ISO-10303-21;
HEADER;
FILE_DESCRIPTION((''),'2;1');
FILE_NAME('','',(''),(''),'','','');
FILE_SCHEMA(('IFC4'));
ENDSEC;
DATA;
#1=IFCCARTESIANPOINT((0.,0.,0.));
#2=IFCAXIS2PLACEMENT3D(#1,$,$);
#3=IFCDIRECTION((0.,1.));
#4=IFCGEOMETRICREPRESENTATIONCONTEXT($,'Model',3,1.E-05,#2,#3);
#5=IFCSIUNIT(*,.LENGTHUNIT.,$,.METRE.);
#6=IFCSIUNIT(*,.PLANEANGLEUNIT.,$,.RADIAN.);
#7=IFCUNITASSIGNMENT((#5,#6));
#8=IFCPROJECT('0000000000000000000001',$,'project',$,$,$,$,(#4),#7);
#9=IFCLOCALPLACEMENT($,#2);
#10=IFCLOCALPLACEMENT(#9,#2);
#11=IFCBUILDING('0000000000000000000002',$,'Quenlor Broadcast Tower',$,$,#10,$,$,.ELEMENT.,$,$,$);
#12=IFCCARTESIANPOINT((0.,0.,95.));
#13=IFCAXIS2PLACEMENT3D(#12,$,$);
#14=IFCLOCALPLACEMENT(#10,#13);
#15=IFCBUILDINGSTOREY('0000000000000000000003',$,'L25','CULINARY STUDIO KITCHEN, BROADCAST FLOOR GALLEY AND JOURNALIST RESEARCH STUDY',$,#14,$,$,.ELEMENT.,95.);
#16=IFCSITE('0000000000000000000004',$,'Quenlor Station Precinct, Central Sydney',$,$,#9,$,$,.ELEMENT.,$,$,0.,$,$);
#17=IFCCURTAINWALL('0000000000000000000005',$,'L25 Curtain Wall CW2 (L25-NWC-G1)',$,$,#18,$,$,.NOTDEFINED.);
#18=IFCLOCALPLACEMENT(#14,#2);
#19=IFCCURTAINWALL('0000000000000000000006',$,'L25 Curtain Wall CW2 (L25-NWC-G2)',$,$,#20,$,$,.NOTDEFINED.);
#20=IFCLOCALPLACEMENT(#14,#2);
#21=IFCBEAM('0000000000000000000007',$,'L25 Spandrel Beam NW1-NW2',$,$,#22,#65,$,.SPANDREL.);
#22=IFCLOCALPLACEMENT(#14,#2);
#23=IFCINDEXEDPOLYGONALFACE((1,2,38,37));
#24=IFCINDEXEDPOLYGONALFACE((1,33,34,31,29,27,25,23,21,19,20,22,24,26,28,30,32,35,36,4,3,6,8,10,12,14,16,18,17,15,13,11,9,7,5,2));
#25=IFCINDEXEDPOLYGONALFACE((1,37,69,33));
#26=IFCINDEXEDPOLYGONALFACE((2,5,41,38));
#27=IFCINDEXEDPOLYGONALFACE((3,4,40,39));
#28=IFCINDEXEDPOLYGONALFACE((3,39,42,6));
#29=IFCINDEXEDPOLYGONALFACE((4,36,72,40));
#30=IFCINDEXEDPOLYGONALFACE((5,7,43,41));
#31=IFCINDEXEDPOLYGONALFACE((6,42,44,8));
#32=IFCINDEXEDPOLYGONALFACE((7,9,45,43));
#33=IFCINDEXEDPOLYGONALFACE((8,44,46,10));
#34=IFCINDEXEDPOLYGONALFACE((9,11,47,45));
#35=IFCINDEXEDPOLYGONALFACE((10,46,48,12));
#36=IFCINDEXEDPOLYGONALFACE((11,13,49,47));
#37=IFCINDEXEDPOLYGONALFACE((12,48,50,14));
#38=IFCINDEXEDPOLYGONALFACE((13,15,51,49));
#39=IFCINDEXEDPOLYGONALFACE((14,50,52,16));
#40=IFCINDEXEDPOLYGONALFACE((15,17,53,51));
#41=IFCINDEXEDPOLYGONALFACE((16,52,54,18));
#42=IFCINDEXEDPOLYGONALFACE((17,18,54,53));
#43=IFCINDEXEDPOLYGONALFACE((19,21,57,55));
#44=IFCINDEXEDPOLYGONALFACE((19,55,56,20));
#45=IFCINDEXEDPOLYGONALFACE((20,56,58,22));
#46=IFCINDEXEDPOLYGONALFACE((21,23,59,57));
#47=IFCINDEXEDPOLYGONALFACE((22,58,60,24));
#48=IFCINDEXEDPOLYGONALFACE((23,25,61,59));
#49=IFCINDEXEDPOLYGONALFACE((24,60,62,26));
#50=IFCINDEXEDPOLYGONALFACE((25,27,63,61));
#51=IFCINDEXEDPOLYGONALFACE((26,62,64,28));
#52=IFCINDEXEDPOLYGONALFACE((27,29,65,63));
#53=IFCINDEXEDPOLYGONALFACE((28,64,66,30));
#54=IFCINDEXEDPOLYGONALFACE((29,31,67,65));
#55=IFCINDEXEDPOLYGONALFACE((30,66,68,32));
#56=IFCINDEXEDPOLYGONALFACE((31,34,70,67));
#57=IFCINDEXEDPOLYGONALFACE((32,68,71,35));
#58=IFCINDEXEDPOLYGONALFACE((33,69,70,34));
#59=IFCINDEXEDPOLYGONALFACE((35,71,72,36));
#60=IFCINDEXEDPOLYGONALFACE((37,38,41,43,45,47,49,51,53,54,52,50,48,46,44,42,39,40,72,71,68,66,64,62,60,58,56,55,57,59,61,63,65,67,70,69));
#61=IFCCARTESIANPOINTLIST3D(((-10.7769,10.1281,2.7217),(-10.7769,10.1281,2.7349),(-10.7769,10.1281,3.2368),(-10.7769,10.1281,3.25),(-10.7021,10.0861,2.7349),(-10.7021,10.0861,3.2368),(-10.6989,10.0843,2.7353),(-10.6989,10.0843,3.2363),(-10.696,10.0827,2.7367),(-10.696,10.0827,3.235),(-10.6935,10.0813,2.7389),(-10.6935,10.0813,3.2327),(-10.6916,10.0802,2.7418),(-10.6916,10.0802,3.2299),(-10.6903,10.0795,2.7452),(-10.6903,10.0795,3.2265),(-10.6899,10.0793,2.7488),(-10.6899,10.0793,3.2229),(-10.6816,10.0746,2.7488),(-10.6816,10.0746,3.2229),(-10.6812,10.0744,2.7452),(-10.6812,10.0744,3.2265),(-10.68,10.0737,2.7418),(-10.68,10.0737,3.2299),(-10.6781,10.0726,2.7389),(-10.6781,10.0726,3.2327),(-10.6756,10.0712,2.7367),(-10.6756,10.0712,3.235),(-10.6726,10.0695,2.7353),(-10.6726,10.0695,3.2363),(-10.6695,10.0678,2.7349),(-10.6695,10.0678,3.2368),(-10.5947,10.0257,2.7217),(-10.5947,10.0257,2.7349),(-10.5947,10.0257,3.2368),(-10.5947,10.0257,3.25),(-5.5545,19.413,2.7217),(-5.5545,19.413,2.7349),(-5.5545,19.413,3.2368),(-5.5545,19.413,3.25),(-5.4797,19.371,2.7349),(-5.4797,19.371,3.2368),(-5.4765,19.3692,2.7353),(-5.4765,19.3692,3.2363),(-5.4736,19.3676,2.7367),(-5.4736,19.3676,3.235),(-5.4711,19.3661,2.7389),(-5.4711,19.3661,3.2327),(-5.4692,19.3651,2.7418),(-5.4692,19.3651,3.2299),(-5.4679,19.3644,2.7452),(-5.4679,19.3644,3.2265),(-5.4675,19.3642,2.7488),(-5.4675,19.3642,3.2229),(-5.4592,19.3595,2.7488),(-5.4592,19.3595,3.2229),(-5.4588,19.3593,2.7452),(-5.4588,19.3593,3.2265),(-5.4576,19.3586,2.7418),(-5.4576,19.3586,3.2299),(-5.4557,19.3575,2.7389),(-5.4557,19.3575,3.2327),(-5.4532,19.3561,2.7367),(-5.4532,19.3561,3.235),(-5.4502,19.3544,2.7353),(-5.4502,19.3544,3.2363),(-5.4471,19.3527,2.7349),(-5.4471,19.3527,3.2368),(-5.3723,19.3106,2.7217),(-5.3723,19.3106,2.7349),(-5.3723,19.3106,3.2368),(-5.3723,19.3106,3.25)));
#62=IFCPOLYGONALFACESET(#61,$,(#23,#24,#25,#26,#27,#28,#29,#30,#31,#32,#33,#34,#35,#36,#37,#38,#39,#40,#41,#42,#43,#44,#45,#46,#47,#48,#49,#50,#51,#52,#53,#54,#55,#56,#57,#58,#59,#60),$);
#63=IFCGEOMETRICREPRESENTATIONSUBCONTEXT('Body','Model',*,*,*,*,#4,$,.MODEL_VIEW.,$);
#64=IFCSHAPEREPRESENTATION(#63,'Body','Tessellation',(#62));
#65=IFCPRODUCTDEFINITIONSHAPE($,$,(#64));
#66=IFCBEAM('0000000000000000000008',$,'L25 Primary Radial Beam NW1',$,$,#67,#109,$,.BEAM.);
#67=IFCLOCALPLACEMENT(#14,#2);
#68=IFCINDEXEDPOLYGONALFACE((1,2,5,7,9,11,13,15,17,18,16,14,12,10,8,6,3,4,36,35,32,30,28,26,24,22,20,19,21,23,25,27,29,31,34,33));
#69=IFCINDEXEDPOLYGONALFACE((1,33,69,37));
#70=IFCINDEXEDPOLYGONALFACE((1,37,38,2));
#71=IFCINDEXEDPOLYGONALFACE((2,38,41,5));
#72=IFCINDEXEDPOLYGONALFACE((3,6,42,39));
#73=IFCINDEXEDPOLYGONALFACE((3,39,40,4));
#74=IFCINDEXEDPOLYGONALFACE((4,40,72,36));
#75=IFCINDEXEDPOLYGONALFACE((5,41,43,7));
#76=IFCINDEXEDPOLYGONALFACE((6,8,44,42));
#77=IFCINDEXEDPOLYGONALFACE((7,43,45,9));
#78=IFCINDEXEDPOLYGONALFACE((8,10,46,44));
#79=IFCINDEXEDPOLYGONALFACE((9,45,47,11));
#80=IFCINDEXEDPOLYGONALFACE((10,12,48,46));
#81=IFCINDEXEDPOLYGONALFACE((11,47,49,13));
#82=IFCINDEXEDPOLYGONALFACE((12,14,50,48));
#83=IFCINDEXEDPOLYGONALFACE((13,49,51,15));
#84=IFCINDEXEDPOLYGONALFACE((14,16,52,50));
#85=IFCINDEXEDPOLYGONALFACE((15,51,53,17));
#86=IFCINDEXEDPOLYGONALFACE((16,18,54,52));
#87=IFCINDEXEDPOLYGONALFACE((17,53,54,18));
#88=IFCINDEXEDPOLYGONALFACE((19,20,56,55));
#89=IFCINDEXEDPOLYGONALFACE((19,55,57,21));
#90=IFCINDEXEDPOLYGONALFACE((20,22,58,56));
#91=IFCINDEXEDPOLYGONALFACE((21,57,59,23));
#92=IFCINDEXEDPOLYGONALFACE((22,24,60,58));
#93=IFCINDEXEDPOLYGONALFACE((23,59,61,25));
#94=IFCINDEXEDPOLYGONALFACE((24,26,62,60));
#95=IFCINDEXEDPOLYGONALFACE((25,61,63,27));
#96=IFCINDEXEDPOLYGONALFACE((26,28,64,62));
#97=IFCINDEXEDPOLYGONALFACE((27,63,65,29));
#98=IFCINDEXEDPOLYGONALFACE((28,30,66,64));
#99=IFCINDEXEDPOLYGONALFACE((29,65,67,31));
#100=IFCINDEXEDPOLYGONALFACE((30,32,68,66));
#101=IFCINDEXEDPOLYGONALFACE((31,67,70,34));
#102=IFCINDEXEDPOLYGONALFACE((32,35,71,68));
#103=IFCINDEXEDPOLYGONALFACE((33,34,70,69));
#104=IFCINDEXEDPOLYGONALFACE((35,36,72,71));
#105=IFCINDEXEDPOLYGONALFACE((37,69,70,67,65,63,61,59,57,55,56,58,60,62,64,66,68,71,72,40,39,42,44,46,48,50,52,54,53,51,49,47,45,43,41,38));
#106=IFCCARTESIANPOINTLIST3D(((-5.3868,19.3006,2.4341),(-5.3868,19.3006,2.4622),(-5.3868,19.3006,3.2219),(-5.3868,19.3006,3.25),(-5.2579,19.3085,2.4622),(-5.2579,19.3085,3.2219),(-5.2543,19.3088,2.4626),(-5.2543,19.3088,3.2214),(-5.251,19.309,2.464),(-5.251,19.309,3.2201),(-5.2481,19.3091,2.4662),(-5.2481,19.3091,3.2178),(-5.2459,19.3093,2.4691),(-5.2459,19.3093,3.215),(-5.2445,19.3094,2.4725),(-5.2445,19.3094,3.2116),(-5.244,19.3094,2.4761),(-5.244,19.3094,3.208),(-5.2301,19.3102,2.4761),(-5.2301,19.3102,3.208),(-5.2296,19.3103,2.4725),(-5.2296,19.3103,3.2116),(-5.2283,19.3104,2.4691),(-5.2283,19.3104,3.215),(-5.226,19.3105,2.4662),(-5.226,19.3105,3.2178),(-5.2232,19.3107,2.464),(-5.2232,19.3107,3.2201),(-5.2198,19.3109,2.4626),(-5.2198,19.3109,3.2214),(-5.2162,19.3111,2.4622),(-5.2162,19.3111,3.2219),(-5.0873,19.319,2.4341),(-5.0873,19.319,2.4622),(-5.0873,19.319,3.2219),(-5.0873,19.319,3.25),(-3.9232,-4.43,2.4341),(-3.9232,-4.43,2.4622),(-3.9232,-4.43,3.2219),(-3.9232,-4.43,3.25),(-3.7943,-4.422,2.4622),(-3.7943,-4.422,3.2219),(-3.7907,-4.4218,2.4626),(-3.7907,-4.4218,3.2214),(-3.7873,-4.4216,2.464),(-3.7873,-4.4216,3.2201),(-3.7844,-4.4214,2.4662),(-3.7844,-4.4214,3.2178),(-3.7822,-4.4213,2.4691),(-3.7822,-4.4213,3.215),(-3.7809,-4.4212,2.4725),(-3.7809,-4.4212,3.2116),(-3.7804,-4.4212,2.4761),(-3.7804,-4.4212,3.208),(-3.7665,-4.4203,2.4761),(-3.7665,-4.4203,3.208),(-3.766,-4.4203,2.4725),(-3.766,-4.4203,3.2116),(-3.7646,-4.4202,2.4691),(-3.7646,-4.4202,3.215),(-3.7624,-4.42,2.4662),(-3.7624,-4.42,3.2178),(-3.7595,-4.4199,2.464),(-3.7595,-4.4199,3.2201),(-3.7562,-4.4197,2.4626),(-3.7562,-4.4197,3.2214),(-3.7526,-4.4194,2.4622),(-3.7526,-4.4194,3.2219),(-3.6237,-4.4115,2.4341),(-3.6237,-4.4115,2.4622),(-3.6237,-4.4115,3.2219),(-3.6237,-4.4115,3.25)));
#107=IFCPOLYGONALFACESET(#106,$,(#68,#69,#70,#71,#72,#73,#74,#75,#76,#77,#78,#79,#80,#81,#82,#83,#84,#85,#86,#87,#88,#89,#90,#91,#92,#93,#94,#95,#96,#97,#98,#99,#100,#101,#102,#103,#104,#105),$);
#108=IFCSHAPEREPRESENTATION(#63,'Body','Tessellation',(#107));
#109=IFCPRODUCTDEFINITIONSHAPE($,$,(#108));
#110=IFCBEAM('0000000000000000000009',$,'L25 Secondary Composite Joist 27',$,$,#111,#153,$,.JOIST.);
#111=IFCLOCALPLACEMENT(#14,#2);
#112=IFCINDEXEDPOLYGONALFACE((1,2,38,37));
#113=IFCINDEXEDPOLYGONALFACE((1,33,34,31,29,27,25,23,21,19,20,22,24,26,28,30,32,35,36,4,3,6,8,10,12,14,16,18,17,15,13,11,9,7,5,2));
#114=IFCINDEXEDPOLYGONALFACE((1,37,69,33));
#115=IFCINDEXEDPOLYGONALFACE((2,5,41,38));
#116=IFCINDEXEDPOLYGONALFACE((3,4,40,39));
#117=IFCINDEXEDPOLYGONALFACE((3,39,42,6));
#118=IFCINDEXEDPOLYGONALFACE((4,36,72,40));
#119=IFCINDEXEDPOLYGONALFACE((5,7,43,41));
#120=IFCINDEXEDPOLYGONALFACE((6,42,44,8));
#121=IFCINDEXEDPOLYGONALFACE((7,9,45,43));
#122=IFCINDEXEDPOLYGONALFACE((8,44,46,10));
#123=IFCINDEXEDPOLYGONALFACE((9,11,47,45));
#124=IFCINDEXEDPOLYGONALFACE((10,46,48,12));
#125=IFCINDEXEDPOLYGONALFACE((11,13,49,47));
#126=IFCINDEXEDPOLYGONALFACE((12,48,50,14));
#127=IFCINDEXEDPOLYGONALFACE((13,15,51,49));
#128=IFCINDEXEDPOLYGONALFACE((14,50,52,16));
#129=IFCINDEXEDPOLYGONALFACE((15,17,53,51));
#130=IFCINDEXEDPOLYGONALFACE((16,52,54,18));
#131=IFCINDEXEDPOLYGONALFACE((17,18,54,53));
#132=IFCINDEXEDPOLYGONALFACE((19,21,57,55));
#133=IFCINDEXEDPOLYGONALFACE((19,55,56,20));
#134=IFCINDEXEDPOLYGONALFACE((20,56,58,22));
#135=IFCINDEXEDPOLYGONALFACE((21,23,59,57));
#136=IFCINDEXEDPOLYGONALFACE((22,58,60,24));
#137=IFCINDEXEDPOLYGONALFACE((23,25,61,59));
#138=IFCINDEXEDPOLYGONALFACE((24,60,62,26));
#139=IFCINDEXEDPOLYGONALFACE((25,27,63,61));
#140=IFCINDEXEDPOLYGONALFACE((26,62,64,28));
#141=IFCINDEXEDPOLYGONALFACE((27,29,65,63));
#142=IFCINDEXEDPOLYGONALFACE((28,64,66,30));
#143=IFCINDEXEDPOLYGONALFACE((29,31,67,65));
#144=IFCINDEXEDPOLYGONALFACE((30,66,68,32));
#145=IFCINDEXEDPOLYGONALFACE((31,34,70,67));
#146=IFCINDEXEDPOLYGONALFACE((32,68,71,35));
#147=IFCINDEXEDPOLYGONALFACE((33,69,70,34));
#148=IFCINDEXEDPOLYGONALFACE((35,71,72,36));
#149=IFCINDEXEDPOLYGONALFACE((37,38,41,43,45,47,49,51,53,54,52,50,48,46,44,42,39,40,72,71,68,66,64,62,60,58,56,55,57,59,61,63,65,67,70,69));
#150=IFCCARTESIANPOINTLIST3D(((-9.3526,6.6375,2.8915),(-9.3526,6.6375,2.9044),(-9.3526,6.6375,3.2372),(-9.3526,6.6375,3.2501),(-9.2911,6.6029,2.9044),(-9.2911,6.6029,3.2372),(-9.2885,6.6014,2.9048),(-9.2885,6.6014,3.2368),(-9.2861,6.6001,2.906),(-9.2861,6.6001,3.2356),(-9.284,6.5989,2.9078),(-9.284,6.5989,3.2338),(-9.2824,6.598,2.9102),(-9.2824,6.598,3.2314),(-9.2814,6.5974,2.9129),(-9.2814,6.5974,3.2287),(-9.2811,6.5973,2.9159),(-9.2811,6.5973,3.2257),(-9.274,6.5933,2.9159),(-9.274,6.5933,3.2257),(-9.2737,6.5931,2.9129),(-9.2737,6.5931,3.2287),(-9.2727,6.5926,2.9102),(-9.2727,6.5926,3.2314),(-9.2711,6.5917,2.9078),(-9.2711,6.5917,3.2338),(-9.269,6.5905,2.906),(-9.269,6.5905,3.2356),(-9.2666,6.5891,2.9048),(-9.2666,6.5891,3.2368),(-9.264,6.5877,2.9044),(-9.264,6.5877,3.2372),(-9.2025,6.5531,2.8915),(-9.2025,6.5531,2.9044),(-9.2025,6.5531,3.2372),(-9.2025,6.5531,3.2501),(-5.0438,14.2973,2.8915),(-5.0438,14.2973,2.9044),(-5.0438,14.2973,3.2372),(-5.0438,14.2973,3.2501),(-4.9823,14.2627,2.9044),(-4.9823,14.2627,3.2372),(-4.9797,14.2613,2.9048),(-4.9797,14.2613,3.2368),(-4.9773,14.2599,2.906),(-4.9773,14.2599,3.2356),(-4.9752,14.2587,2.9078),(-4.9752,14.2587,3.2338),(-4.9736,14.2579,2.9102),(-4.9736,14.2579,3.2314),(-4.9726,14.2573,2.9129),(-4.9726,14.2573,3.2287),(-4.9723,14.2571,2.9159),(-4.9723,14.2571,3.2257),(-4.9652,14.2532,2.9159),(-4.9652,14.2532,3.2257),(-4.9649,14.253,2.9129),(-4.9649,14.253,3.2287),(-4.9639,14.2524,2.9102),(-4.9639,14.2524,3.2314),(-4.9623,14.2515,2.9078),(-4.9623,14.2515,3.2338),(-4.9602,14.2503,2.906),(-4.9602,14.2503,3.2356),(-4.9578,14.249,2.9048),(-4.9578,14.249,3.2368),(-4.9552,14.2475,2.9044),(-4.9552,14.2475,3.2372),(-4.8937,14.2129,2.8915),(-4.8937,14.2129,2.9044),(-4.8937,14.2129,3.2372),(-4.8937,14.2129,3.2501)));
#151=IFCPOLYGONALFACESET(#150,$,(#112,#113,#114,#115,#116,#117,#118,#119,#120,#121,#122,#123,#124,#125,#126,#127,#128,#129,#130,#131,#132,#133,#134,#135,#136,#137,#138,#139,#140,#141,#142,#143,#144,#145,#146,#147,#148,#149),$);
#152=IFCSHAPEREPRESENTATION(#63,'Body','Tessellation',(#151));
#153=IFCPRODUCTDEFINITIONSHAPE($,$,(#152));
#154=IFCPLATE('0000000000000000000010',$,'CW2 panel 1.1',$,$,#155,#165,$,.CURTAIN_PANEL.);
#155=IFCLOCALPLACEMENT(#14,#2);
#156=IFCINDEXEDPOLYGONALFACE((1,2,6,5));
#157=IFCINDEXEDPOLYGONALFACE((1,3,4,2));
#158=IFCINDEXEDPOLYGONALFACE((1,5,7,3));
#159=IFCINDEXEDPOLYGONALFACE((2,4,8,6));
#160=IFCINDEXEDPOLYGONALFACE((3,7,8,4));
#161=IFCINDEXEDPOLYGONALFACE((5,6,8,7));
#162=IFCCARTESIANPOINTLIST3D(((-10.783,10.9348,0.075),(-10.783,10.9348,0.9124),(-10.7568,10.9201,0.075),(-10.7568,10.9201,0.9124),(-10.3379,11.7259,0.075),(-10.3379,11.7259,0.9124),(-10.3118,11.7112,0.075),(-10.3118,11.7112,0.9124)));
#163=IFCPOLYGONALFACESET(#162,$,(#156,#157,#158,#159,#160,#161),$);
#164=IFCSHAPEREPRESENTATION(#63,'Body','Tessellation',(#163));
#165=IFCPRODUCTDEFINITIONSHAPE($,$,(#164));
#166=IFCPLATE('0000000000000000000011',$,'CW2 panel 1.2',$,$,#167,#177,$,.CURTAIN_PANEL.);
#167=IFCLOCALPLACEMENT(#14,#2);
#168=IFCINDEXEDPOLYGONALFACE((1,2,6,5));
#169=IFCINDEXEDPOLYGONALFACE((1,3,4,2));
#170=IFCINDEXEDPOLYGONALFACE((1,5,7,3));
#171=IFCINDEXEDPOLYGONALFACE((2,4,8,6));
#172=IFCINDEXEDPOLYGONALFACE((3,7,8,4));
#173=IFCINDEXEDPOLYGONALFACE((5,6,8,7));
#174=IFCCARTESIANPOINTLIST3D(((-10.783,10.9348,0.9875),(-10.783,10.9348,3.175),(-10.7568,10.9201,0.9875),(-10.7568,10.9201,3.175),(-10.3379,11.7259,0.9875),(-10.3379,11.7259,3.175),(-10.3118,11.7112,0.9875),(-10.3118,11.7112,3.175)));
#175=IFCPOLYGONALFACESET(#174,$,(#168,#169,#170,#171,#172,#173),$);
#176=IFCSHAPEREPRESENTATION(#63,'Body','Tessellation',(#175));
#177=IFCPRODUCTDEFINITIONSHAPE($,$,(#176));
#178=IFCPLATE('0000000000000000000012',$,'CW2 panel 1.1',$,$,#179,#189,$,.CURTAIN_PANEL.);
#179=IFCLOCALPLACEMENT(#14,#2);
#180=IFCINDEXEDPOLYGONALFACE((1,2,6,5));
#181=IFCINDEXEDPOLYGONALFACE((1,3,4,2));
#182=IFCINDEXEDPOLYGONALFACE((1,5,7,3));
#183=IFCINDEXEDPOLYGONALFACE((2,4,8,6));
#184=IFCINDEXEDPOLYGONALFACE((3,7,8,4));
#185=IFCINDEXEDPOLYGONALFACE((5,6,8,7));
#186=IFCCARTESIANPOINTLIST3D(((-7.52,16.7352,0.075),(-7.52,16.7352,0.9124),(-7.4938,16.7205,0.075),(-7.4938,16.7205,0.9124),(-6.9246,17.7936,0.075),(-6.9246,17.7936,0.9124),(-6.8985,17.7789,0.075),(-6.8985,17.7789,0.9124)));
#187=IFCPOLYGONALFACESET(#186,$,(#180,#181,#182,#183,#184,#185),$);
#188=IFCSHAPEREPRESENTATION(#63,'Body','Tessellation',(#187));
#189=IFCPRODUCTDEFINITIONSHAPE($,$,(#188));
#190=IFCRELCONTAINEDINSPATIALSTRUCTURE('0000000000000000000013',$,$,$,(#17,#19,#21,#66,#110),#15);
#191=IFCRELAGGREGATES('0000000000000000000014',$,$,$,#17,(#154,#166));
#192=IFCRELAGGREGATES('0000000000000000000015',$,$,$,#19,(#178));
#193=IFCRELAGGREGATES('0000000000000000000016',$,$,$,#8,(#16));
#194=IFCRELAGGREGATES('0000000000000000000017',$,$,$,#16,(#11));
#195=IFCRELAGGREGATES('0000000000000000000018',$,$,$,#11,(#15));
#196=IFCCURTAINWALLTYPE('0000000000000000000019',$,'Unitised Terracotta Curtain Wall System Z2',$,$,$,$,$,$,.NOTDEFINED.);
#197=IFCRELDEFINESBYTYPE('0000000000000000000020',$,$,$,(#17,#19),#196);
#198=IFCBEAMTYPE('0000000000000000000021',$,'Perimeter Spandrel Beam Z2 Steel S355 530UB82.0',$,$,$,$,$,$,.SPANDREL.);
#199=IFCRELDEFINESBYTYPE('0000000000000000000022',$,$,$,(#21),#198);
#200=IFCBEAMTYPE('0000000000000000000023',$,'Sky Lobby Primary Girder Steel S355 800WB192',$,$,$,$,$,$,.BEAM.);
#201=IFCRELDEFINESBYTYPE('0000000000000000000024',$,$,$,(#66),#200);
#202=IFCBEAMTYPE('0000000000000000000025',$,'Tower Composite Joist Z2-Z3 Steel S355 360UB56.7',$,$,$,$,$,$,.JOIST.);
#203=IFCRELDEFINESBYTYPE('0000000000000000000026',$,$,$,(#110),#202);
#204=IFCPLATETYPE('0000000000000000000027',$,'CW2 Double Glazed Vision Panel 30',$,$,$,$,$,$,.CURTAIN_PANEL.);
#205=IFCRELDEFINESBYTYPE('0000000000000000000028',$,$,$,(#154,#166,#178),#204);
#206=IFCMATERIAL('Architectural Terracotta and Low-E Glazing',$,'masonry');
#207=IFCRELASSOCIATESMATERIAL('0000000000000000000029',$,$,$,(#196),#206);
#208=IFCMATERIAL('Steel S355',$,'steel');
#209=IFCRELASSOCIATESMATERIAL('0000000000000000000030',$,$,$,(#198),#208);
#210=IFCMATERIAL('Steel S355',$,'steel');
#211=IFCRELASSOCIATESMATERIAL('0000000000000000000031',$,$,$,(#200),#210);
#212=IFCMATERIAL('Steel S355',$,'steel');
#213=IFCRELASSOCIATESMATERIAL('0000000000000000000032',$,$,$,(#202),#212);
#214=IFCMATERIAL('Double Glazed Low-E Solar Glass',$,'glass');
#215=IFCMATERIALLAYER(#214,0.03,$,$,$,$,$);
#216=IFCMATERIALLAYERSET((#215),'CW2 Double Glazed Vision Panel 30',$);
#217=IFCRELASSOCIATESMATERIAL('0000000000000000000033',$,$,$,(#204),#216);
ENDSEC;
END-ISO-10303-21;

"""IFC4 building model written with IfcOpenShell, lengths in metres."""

from ifc_helpers import new_model, si_unit, direction, frame, origin, origin_2d, place, context, subcontext, project, spatial, rectangle, i_section, extrude, material, layer, layer_set, material_profile, profile_set, type_object, element, aggregate, save


model = new_model("IFC4")

# Units and contexts
model_context = context("Model", 3, precision=1e-05, world=origin(), true_north=direction((0.0, 1.0)))
body_context = subcontext(model_context, "Body", "Model", "MODEL_VIEW")
ifc_project = project(units=[si_unit("LENGTHUNIT", "METRE"), si_unit("PLANEANGLEUNIT", "RADIAN")], contexts=[model_context])

# Site, building, storey
site_placement = place(None, origin())
site = spatial("IfcSite", under=ifc_project, at=site_placement, Name="Quenlor Station Precinct, Central Sydney", CompositionType="ELEMENT", RefElevation=0.0)
building_placement = place(site_placement, origin())
building = spatial("IfcBuilding", under=site, at=building_placement, Name="Quenlor Broadcast Tower", CompositionType="ELEMENT")
storey_placement = place(building_placement, frame((0.0, 0.0, 95.0)))
storey = spatial("IfcBuildingStorey", under=building, at=storey_placement, Name="L25", Description="CULINARY STUDIO KITCHEN, BROADCAST FLOOR GALLEY AND JOURNALIST RESEARCH STUDY", CompositionType="ELEMENT", Elevation=95.0)

# Curtain wall
ifc_material_1 = material(Name="Architectural Terracotta and Low-E Glazing", Category="masonry")
curtain_wall_type = type_object("IfcCurtainWallType", Name="Unitised Terracotta Curtain Wall System Z2", PredefinedType="NOTDEFINED", material=ifc_material_1)
curtain_wall_1_placement = place(storey_placement, origin())
curtain_wall_1 = element("IfcCurtainWall", 1, at=curtain_wall_1_placement, inside=storey, type_object=curtain_wall_type, Name="L25 Curtain Wall CW2 (L25-NWC-G1)", PredefinedType="NOTDEFINED")

# Curtain wall
curtain_wall_2_placement = place(storey_placement, origin())
curtain_wall_2 = element("IfcCurtainWall", 2, at=curtain_wall_2_placement, inside=storey, type_object=curtain_wall_type, Name="L25 Curtain Wall CW2 (L25-NWC-G2)", PredefinedType="NOTDEFINED")

# Beams
ifc_material_2 = material(Name="Steel S355", Category="steel")
ifc_material_profile_1 = material_profile(ifc_material_2, i_section(OverallWidth=0.209, OverallDepth=0.5283, WebThickness=0.0095, FlangeThickness=0.0132, FilletRadius=0.0139, at=origin_2d()))
ifc_profile_set_1 = profile_set([ifc_material_profile_1], Name="Steel S355 530UB82.0")
beam_type_1 = type_object("IfcBeamType", Name="Perimeter Spandrel Beam Z2 Steel S355 530UB82.0", PredefinedType="SPANDREL", material=ifc_profile_set_1)
beam_1_placement = place(storey_placement, frame((-5.4634, 19.3618, 2.9858), z_axis=(-0.490236, -0.87159, 0.0), x_axis=(0.87159, -0.490236, 0.0)))
element("IfcBeam", 3, at=beam_1_placement, inside=storey, type_object=beam_type_1, Name="L25 Spandrel Beam NW1-NW2", PredefinedType="SPANDREL", context=body_context, shape_type="SweptSolid", body=[
    extrude(i_section(OverallWidth=0.209, OverallDepth=0.5283, WebThickness=0.0095, FlangeThickness=0.0132, FilletRadius=0.0139, at=origin_2d()), origin(), (0.0, 0.0, 1.0), 10.6528),
])
ifc_material_3 = material(Name="Steel S355", Category="steel")
ifc_material_profile_2 = material_profile(ifc_material_3, i_section(OverallWidth=0.3, OverallDepth=0.8159, WebThickness=0.0139, FlangeThickness=0.0281, FilletRadius=0.0139, at=origin_2d()))
ifc_profile_set_2 = profile_set([ifc_material_profile_2], Name="Steel S355 800WB192")
beam_type_2 = type_object("IfcBeamType", Name="Sky Lobby Primary Girder Steel S355 800WB192", PredefinedType="BEAM", material=ifc_profile_set_2)
beam_2_placement = place(storey_placement, frame((-5.2371, 19.3098, 2.842), z_axis=(0.06156, -0.998103, 0.0), x_axis=(0.998103, 0.06156, 0.0)))
element("IfcBeam", 4, at=beam_2_placement, inside=storey, type_object=beam_type_2, Name="L25 Primary Radial Beam NW1", PredefinedType="BEAM", context=body_context, shape_type="SweptSolid", body=[
    extrude(i_section(OverallWidth=0.3, OverallDepth=0.8159, WebThickness=0.0139, FlangeThickness=0.0281, FilletRadius=0.0139, at=origin_2d()), origin(), (0.0, 0.0, 1.0), 23.7756),
])
ifc_material_4 = material(Name="Steel S355", Category="steel")
ifc_material_profile_3 = material_profile(ifc_material_4, i_section(OverallWidth=0.1721, OverallDepth=0.3586, WebThickness=0.0081, FlangeThickness=0.0129, FilletRadius=0.0115, at=origin_2d()))
ifc_profile_set_3 = profile_set([ifc_material_profile_3], Name="Steel S355 360UB56.7")
beam_type_3 = type_object("IfcBeamType", Name="Tower Composite Joist Z2-Z3 Steel S355 360UB56.7", PredefinedType="JOIST", material=ifc_profile_set_3)
beam_3_placement = place(storey_placement, frame((-4.9688, 14.2551, 3.0708), z_axis=(-0.490273, -0.871569, 0.0), x_axis=(0.871569, -0.490273, 0.0)))
element("IfcBeam", 5, at=beam_3_placement, inside=storey, type_object=beam_type_3, Name="L25 Secondary Composite Joist 27", PredefinedType="JOIST", context=body_context, shape_type="SweptSolid", body=[
    extrude(i_section(OverallWidth=0.1721, OverallDepth=0.3586, WebThickness=0.0081, FlangeThickness=0.0129, FilletRadius=0.0115, at=origin_2d()), origin(), (0.0, 0.0, 1.0), 8.7886),
])

# Plates
ifc_material_5 = material(Name="Double Glazed Low-E Solar Glass", Category="glass")
ifc_layer_1 = layer(ifc_material_5, 0.03)
ifc_layer_set_1 = layer_set([ifc_layer_1], Name="CW2 Double Glazed Vision Panel 30")
plate_type_1 = type_object("IfcPlateType", Name="CW2 Double Glazed Vision Panel 30", PredefinedType="CURTAIN_PANEL", material=ifc_layer_set_1)
plate_1_placement = place(storey_placement, frame((-10.5474, 11.323, 0.075), z_axis=(0.0, 0.0, 1.0), x_axis=(0.490252, 0.871581, 0.0)))
plate_1 = element("IfcPlate", 6, at=plate_1_placement, type_object=plate_type_1, Name="CW2 panel 1.1", PredefinedType="CURTAIN_PANEL", context=body_context, shape_type="SweptSolid", body=[
    extrude(rectangle(XDim=0.9077, YDim=0.03, at=origin_2d()), origin(), (0.0, 0.0, 1.0), 0.8374),
])
plate_2_placement = place(storey_placement, frame((-10.5474, 11.323, 0.9875), z_axis=(0.0, 0.0, 1.0), x_axis=(0.490252, 0.871581, 0.0)))
plate_2 = element("IfcPlate", 7, at=plate_2_placement, type_object=plate_type_1, Name="CW2 panel 1.2", PredefinedType="CURTAIN_PANEL", context=body_context, shape_type="SweptSolid", body=[
    extrude(rectangle(XDim=0.9077, YDim=0.03, at=origin_2d()), origin(), (0.0, 0.0, 1.0), 2.1875),
])
aggregate(curtain_wall_1, [plate_1, plate_2])
plate_3_placement = place(storey_placement, frame((-7.2092, 17.2571, 0.075), z_axis=(0.0, 0.0, 1.0), x_axis=(0.490247, 0.871583, 0.0)))
plate_3 = element("IfcPlate", 8, at=plate_3_placement, type_object=plate_type_1, Name="CW2 panel 1.1", PredefinedType="CURTAIN_PANEL", context=body_context, shape_type="SweptSolid", body=[
    extrude(rectangle(XDim=1.2144, YDim=0.03, at=origin_2d()), origin(), (0.0, 0.0, 1.0), 0.8374),
])
aggregate(curtain_wall_2, [plate_3])

save(model, "model.ifc")
